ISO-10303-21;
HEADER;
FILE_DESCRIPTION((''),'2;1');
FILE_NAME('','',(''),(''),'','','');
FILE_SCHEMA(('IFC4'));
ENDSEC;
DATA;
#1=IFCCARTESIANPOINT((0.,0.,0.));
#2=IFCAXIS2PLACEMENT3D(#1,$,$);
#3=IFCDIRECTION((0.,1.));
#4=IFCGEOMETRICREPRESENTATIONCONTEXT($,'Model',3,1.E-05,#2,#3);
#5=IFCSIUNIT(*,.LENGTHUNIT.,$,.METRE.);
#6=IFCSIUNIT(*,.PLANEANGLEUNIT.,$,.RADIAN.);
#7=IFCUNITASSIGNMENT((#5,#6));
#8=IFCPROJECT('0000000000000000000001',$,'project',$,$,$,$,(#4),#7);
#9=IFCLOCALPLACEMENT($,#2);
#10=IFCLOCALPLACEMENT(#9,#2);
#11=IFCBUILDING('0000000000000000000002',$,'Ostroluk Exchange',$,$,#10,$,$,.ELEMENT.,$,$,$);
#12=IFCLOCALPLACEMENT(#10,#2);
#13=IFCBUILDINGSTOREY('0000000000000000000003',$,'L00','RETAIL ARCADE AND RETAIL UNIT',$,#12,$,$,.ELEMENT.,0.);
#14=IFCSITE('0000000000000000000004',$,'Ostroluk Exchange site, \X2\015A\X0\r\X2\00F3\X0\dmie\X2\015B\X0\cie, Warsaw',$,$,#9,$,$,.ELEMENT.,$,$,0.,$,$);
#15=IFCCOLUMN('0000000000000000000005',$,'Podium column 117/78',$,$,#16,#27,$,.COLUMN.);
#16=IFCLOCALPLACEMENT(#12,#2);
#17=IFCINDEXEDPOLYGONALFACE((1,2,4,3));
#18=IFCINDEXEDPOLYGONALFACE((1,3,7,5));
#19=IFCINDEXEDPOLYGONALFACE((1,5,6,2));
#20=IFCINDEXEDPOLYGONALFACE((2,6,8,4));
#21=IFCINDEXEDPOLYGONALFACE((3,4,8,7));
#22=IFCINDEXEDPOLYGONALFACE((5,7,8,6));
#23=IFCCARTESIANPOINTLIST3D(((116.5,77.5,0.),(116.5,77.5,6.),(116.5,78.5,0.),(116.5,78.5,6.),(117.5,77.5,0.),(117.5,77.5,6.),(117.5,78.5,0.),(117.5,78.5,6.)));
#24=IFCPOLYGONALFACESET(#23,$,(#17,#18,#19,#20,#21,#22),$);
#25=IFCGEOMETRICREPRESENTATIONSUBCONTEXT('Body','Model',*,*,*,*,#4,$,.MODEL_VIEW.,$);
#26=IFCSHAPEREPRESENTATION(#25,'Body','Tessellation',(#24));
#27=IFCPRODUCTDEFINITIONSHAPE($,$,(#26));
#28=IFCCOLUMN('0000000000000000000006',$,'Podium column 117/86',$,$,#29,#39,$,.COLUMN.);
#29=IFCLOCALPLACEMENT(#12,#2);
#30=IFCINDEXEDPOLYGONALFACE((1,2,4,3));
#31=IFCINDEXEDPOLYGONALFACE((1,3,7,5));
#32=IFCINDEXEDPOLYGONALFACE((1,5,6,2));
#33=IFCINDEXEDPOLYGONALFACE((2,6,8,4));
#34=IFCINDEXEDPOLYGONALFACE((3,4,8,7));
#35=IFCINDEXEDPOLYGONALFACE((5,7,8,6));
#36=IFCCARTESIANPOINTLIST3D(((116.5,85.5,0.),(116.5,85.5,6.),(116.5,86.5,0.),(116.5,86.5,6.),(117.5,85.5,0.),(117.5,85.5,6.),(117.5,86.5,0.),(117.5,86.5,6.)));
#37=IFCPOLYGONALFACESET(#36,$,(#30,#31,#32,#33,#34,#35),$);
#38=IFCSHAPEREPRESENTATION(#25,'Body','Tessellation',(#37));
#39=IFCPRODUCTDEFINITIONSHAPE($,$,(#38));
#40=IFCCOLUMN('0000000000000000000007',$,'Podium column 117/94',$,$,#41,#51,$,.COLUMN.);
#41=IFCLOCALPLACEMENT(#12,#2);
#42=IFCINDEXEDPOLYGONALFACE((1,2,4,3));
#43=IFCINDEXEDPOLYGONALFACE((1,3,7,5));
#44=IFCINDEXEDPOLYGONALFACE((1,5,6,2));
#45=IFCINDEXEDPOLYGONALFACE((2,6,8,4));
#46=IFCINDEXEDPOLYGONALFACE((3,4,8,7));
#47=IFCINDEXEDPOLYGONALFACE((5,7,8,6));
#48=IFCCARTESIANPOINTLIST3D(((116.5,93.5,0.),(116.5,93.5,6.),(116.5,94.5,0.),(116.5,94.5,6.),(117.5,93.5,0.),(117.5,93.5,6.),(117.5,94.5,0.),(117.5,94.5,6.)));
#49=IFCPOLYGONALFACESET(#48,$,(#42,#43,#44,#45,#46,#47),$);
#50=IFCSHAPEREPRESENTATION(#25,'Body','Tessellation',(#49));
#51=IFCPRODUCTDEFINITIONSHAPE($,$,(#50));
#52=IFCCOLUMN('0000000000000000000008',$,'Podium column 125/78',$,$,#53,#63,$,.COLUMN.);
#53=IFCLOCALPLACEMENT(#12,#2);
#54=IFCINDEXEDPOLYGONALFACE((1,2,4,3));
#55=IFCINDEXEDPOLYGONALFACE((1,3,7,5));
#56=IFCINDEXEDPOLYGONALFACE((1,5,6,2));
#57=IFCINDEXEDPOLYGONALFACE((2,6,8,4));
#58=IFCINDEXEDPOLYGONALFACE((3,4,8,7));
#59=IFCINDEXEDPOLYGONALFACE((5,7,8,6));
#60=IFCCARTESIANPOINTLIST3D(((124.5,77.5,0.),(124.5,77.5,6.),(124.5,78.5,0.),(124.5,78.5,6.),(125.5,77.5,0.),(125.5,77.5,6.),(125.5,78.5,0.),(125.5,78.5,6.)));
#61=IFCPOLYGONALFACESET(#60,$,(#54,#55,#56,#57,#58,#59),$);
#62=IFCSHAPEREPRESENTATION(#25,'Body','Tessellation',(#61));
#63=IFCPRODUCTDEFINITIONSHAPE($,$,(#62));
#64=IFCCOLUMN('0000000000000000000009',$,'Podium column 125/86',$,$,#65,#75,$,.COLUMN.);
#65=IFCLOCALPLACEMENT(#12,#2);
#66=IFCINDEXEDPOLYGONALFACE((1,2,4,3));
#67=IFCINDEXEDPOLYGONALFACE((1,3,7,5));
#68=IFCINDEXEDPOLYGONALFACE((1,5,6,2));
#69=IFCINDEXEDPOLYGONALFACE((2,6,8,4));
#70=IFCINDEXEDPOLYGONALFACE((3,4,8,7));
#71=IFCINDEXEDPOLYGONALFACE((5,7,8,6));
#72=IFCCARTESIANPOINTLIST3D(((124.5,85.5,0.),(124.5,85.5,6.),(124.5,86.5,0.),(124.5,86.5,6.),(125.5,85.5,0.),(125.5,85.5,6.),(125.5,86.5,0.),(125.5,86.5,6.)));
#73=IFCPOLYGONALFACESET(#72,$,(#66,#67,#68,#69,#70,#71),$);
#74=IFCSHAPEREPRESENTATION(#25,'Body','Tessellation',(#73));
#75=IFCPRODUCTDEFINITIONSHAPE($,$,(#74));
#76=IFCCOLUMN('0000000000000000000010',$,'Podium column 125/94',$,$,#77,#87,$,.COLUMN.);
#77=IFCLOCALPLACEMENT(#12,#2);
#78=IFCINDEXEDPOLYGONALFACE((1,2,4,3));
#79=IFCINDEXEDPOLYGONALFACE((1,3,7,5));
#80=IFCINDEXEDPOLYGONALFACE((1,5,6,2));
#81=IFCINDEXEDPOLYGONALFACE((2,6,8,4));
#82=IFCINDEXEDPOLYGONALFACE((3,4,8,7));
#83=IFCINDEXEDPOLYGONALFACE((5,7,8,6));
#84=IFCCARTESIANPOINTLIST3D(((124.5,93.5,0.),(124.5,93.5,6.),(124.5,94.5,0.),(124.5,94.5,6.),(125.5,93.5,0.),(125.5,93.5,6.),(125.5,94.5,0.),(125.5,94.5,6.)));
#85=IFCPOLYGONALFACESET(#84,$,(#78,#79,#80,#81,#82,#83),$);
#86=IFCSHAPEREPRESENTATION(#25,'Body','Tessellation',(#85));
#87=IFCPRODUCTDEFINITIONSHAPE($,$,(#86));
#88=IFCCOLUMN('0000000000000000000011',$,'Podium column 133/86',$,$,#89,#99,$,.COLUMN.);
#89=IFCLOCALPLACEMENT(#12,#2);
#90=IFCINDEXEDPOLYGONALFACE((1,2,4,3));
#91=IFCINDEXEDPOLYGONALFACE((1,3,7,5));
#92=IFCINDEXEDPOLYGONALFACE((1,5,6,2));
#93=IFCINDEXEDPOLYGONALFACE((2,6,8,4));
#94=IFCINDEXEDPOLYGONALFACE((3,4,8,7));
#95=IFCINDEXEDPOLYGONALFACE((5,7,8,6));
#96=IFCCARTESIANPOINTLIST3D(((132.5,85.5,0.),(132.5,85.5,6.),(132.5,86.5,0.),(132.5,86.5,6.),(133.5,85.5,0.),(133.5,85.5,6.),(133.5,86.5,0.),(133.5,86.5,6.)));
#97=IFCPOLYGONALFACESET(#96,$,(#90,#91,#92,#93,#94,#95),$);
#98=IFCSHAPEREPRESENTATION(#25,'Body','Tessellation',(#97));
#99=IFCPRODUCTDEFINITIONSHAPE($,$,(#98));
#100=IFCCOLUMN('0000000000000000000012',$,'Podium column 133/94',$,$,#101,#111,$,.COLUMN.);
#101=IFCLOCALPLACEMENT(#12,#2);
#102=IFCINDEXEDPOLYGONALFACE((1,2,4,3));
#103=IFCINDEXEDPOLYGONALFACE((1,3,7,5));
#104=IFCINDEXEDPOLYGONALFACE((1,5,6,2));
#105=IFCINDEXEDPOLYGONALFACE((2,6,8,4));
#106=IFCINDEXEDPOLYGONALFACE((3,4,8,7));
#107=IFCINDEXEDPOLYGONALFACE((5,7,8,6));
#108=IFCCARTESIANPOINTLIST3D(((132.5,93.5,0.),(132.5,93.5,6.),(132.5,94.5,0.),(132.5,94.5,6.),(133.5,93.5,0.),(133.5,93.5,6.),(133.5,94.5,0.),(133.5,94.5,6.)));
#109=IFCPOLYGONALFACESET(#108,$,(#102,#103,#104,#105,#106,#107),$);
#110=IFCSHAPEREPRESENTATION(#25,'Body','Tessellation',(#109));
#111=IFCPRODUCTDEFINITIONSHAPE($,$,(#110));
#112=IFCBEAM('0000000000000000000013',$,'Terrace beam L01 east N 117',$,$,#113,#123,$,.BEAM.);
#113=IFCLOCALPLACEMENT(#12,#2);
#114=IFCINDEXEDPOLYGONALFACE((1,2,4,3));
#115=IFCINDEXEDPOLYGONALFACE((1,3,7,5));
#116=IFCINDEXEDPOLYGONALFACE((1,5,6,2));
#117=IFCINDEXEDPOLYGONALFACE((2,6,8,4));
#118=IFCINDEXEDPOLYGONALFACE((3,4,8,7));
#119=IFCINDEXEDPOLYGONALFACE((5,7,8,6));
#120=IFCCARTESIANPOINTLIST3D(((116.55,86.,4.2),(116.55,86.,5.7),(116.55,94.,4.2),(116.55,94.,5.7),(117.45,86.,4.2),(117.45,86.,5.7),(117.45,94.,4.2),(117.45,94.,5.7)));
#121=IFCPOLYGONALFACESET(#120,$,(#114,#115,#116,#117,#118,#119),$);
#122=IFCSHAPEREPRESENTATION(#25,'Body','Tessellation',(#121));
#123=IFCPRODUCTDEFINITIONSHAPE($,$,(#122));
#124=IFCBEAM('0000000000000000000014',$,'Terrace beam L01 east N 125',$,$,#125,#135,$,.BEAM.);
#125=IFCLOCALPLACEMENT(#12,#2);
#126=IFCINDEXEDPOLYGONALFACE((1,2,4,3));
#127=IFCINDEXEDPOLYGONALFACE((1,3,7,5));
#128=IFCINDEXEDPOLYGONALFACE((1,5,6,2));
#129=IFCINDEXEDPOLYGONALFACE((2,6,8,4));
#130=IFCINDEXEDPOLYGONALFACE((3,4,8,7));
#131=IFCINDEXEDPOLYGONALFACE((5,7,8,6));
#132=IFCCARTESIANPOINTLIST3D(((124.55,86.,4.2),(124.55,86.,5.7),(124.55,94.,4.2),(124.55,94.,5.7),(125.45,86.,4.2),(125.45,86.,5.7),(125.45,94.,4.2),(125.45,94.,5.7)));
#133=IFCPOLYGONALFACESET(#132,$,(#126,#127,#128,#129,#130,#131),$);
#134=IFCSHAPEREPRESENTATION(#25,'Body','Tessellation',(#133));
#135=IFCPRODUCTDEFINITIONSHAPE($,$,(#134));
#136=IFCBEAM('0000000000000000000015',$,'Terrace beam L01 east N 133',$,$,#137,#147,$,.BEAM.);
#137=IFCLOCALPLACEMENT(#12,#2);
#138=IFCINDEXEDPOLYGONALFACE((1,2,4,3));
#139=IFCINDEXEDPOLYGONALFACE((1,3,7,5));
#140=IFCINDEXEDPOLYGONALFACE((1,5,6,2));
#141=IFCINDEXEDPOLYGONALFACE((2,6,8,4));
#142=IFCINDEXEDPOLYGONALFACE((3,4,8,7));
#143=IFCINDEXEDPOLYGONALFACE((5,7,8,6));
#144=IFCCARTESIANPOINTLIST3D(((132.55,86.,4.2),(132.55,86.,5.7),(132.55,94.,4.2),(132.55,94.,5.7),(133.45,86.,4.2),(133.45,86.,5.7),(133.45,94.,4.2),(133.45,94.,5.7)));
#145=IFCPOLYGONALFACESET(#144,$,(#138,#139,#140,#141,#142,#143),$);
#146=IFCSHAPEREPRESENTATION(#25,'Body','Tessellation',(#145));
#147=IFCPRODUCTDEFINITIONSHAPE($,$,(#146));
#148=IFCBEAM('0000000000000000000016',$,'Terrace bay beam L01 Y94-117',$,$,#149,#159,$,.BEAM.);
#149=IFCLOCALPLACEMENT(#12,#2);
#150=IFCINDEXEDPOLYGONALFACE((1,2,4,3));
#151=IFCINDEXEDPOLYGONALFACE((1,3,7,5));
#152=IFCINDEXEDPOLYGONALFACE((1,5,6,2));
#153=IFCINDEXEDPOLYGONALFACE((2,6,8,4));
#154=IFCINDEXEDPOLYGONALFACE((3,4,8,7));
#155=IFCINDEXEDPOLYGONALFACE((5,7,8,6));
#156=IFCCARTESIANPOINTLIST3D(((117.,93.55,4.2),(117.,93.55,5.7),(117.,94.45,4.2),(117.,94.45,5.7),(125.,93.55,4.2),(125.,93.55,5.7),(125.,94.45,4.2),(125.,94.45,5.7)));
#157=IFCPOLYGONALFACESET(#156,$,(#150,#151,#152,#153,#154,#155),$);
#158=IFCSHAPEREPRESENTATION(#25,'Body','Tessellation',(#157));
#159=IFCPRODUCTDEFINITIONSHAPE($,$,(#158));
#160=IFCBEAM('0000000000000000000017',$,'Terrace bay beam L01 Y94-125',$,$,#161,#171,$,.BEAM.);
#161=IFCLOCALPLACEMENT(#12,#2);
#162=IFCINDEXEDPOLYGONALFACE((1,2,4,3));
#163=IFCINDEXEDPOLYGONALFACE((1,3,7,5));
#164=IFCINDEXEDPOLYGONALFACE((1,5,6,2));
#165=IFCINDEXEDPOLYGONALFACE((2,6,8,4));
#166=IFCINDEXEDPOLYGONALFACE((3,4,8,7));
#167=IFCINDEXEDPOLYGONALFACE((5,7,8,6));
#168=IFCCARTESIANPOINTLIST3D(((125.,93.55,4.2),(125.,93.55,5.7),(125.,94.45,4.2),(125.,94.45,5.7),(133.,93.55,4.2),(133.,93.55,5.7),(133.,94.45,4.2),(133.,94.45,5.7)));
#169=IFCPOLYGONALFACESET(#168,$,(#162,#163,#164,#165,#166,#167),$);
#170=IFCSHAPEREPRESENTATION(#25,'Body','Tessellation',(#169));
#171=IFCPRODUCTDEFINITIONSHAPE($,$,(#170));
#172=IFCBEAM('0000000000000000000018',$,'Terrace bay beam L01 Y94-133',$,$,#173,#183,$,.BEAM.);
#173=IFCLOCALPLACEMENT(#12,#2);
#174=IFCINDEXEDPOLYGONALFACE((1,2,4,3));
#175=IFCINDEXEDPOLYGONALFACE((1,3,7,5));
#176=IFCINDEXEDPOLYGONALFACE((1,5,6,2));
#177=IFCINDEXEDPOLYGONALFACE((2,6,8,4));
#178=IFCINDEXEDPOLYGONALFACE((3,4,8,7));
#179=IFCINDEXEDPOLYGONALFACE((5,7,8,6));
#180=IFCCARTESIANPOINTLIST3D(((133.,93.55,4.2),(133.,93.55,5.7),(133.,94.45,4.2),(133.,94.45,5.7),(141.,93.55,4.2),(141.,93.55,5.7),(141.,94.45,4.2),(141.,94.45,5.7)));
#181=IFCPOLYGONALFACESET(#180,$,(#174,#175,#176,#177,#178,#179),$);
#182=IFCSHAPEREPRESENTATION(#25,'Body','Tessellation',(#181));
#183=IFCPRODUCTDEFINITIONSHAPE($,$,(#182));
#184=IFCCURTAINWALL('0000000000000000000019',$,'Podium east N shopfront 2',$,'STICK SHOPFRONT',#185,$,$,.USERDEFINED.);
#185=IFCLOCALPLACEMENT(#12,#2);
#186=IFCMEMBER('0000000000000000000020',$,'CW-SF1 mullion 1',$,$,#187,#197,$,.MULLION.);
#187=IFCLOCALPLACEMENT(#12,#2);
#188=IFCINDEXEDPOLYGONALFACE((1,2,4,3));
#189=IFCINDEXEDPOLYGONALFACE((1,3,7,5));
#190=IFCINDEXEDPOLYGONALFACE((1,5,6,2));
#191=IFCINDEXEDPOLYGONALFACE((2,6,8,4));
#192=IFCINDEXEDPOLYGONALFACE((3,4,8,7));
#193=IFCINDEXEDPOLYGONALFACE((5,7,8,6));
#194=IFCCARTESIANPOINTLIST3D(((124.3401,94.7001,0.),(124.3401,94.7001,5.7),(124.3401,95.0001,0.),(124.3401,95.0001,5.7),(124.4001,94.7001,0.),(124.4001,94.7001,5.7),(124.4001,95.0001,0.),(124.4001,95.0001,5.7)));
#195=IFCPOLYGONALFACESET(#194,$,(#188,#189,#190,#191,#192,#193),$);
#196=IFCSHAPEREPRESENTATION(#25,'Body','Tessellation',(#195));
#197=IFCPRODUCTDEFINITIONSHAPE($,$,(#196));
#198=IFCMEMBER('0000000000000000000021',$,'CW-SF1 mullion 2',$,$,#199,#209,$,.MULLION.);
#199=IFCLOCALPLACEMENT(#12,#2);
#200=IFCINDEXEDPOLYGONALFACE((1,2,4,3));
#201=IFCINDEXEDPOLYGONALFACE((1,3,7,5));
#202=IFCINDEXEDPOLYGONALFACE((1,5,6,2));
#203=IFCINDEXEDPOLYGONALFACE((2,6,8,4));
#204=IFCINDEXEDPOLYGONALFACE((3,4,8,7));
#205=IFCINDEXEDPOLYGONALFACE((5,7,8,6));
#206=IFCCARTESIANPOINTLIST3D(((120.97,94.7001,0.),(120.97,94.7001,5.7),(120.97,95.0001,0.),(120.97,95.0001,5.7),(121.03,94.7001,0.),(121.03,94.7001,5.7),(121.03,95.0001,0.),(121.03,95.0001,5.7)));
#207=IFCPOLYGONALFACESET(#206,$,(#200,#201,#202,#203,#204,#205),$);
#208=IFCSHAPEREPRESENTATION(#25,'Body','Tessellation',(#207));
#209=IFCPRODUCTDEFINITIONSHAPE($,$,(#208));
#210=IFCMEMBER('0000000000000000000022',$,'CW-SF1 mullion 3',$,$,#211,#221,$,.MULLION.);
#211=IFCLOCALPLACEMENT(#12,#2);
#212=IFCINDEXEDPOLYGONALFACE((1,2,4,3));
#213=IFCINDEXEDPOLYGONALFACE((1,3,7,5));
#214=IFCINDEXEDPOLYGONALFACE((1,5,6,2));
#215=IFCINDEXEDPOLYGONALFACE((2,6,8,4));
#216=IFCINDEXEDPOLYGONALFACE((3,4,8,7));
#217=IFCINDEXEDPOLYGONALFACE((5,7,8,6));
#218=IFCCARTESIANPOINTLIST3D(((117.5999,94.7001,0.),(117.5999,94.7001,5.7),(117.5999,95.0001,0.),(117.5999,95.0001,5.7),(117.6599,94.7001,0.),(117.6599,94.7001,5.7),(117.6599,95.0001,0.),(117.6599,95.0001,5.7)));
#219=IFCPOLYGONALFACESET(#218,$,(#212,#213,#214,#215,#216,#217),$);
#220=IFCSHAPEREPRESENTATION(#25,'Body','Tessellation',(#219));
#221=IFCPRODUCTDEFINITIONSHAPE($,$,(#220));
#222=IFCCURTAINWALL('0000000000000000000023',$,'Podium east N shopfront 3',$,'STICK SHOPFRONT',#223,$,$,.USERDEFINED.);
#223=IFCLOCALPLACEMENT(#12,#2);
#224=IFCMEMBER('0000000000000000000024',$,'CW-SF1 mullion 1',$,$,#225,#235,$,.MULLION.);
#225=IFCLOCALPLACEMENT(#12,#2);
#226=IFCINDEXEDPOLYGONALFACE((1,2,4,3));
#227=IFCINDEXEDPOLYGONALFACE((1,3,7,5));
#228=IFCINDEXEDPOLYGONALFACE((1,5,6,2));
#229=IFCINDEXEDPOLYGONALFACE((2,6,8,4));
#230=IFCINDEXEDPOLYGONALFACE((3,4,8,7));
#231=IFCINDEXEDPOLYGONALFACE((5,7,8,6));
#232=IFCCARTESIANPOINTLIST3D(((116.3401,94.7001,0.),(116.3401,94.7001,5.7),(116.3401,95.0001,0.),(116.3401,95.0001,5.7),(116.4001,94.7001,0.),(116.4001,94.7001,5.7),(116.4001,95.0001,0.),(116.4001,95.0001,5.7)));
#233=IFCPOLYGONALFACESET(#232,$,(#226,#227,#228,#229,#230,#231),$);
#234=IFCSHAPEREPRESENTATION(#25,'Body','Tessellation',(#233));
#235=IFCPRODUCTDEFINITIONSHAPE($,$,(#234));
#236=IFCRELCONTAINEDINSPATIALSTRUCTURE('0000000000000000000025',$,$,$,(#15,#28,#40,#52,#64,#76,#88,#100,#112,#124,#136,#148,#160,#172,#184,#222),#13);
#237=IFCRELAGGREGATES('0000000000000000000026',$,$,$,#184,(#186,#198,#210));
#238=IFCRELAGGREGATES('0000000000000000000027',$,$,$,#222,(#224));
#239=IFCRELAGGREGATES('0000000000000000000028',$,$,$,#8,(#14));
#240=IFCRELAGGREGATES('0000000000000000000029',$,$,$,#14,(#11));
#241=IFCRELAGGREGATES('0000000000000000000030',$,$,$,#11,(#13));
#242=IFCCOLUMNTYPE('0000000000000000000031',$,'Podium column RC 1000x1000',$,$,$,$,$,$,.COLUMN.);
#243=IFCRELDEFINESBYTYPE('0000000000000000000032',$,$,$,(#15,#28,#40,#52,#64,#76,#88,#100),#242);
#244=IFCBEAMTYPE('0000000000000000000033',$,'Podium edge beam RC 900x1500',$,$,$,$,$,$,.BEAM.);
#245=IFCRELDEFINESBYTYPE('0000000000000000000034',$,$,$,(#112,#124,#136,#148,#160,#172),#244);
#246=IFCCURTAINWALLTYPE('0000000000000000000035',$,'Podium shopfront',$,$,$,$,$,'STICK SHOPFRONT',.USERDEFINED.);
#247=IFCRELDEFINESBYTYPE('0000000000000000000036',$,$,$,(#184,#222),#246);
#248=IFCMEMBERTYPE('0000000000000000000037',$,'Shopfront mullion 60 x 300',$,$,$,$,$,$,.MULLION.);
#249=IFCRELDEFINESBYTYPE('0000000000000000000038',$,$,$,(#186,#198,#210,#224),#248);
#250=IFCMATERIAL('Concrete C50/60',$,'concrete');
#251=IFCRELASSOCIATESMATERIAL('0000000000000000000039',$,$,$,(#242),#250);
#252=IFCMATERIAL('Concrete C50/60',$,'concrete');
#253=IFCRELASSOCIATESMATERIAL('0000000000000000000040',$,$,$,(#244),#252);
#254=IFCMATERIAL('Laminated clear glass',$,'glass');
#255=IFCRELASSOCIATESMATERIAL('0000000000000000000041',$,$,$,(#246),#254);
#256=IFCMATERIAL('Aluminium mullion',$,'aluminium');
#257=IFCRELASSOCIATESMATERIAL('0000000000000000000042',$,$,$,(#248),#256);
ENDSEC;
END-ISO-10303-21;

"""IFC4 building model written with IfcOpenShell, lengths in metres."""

from ifc_helpers import new_model, si_unit, direction, frame, origin, origin_2d, place, context, subcontext, project, spatial, rectangle, extrude, material, material_profile, profile_set, type_object, element, aggregate, save


model = new_model("IFC4")

# Units and contexts
model_context = context("Model", 3, precision=1e-05, world=origin(), true_north=direction((0.0, 1.0)))
body_context = subcontext(model_context, "Body", "Model", "MODEL_VIEW")
ifc_project = project(units=[si_unit("LENGTHUNIT", "METRE"), si_unit("PLANEANGLEUNIT", "RADIAN")], contexts=[model_context])

# Site, building, storey
site_placement = place(None, origin())
site = spatial("IfcSite", under=ifc_project, at=site_placement, Name="Ostroluk Exchange site, Śródmieście, Warsaw", CompositionType="ELEMENT", RefElevation=0.0)
building_placement = place(site_placement, origin())
building = spatial("IfcBuilding", under=site, at=building_placement, Name="Ostroluk Exchange", CompositionType="ELEMENT")
storey_placement = place(building_placement, origin())
storey = spatial("IfcBuildingStorey", under=building, at=storey_placement, Name="L00", Description="RETAIL ARCADE AND RETAIL UNIT", CompositionType="ELEMENT", Elevation=0.0)

# Columns
ifc_material_1 = material(Name="Concrete C50/60", Category="concrete")
ifc_material_profile_1 = material_profile(ifc_material_1, rectangle(XDim=1.0, YDim=1.0, at=origin_2d()), Name="RC 1000x1000")
ifc_profile_set_1 = profile_set([ifc_material_profile_1], Name="Concrete C50/60")
column_type = type_object("IfcColumnType", Name="Podium column RC 1000x1000", PredefinedType="COLUMN", material=ifc_profile_set_1)
for number, where, z_axis, x_axis, name in (
    (1, (117.0, 78.0, 0.0), (0.0, 0.0, 1.0), (1.0, 0.0, 0.0), "Podium column 117/78"),
    (2, (117.0, 86.0, 0.0), (0.0, 0.0, 1.0), (1.0, 0.0, 0.0), "Podium column 117/86"),
    (3, (117.0, 94.0, 0.0), (0.0, 0.0, 1.0), (1.0, 0.0, 0.0), "Podium column 117/94"),
    (4, (125.0, 78.0, 0.0), (0.0, 0.0, 1.0), (1.0, 0.0, 0.0), "Podium column 125/78"),
    (5, (125.0, 86.0, 0.0), (0.0, 0.0, 1.0), (1.0, 0.0, 0.0), "Podium column 125/86"),
    (6, (125.0, 94.0, 0.0), (0.0, 0.0, 1.0), (1.0, 0.0, 0.0), "Podium column 125/94"),
    (7, (133.0, 86.0, 0.0), (0.0, 0.0, 1.0), (1.0, 0.0, 0.0), "Podium column 133/86"),
    (8, (133.0, 94.0, 0.0), (0.0, 0.0, 1.0), (1.0, 0.0, 0.0), "Podium column 133/94"),
):
    element("IfcColumn", number, at=place(storey_placement, frame(where, z_axis=z_axis, x_axis=x_axis)), inside=storey, type_object=column_type, Name=name, PredefinedType="COLUMN", context=body_context, shape_type="SweptSolid", body=[
        extrude(rectangle(XDim=1.0, YDim=1.0, at=origin_2d()), origin(), (0.0, 0.0, 1.0), 6.0),
    ])

# Beams
ifc_material_2 = material(Name="Concrete C50/60", Category="concrete")
ifc_material_profile_2 = material_profile(ifc_material_2, rectangle(XDim=0.8999, YDim=1.5, at=origin_2d()), Name="RC 900x1500")
ifc_profile_set_2 = profile_set([ifc_material_profile_2], Name="Concrete C50/60")
beam_type = type_object("IfcBeamType", Name="Podium edge beam RC 900x1500", PredefinedType="BEAM", material=ifc_profile_set_2)
for number, where, z_axis, x_axis, name in (
    (9, (117.0, 94.0, 4.95), (0.0, -1.0, 0.0), (1.0, 0.0, 0.0), "Terrace beam L01 east N 117"),
    (10, (125.0, 94.0, 4.95), (0.0, -1.0, 0.0), (1.0, 0.0, 0.0), "Terrace beam L01 east N 125"),
    (11, (133.0, 94.0, 4.95), (0.0, -1.0, 0.0), (1.0, 0.0, 0.0), "Terrace beam L01 east N 133"),
    (12, (117.0, 94.0, 4.95), (1.0, 0.0, 0.0), (0.0, 1.0, 0.0), "Terrace bay beam L01 Y94-117"),
    (13, (125.0, 94.0, 4.95), (1.0, 0.0, 0.0), (0.0, 1.0, 0.0), "Terrace bay beam L01 Y94-125"),
    (14, (133.0, 94.0, 4.95), (1.0, 0.0, 0.0), (0.0, 1.0, 0.0), "Terrace bay beam L01 Y94-133"),
):
    element("IfcBeam", number, at=place(storey_placement, frame(where, z_axis=z_axis, x_axis=x_axis)), inside=storey, type_object=beam_type, Name=name, PredefinedType="BEAM", context=body_context, shape_type="SweptSolid", body=[
        extrude(rectangle(XDim=0.8999, YDim=1.5, at=origin_2d()), origin(), (0.0, 0.0, 1.0), 8.0),
    ])

# Curtain walls, members
ifc_material_3 = material(Name="Laminated clear glass", Category="glass")
curtain_wall_type = type_object("IfcCurtainWallType", Name="Podium shopfront", ElementType="STICK SHOPFRONT", PredefinedType="USERDEFINED", material=ifc_material_3)
curtain_wall_1_placement = place(storey_placement, origin())
curtain_wall_1 = element("IfcCurtainWall", 15, at=curtain_wall_1_placement, inside=storey, type_object=curtain_wall_type, Name="Podium east N shopfront 2", ObjectType="STICK SHOPFRONT", PredefinedType="USERDEFINED")
ifc_material_4 = material(Name="Aluminium mullion", Category="aluminium")
ifc_material_profile_3 = material_profile(ifc_material_4, rectangle(XDim=0.3, YDim=0.0601, at=origin_2d()), Name="Shopfront mullion 60 x 300")
ifc_profile_set_3 = profile_set([ifc_material_profile_3], Name="Aluminium mullion")
member_type_1 = type_object("IfcMemberType", Name="Shopfront mullion 60 x 300", PredefinedType="MULLION", material=ifc_profile_set_3)
member_1_placement = place(storey_placement, frame((124.3701, 94.8501, 0.0), z_axis=(0.0, 0.0, 1.0), x_axis=(0.0, -1.0, 0.0)))
member_1 = element("IfcMember", 16, at=member_1_placement, type_object=member_type_1, Name="CW-SF1 mullion 1", PredefinedType="MULLION", context=body_context, shape_type="SweptSolid", body=[
    extrude(rectangle(XDim=0.3, YDim=0.0601, at=origin_2d()), origin(), (0.0, 0.0, 1.0), 5.7),
])
member_2_placement = place(storey_placement, frame((121.0, 94.8501, 0.0), z_axis=(0.0, 0.0, 1.0), x_axis=(0.0, -1.0, 0.0)))
member_2 = element("IfcMember", 17, at=member_2_placement, type_object=member_type_1, Name="CW-SF1 mullion 2", PredefinedType="MULLION", context=body_context, shape_type="SweptSolid", body=[
    extrude(rectangle(XDim=0.3, YDim=0.0601, at=origin_2d()), origin(), (0.0, 0.0, 1.0), 5.7),
])
member_3_placement = place(storey_placement, frame((117.6299, 94.8501, 0.0), z_axis=(0.0, 0.0, 1.0), x_axis=(0.0, -1.0, 0.0)))
member_3 = element("IfcMember", 18, at=member_3_placement, type_object=member_type_1, Name="CW-SF1 mullion 3", PredefinedType="MULLION", context=body_context, shape_type="SweptSolid", body=[
    extrude(rectangle(XDim=0.3, YDim=0.0601, at=origin_2d()), origin(), (0.0, 0.0, 1.0), 5.7),
])
curtain_wall_2_placement = place(storey_placement, origin())
curtain_wall_2 = element("IfcCurtainWall", 19, at=curtain_wall_2_placement, inside=storey, type_object=curtain_wall_type, Name="Podium east N shopfront 3", ObjectType="STICK SHOPFRONT", PredefinedType="USERDEFINED")
member_4_placement = place(storey_placement, frame((116.3701, 94.8501, 0.0), z_axis=(0.0, 0.0, 1.0), x_axis=(0.0, -1.0, 0.0)))
member_4 = element("IfcMember", 20, at=member_4_placement, type_object=member_type_1, Name="CW-SF1 mullion 1", PredefinedType="MULLION", context=body_context, shape_type="SweptSolid", body=[
    extrude(rectangle(XDim=0.3, YDim=0.0601, at=origin_2d()), origin(), (0.0, 0.0, 1.0), 5.7),
])

aggregate(curtain_wall_1, [member_1, member_2, member_3])
aggregate(curtain_wall_2, [member_4])

save(model, "model.ifc")
